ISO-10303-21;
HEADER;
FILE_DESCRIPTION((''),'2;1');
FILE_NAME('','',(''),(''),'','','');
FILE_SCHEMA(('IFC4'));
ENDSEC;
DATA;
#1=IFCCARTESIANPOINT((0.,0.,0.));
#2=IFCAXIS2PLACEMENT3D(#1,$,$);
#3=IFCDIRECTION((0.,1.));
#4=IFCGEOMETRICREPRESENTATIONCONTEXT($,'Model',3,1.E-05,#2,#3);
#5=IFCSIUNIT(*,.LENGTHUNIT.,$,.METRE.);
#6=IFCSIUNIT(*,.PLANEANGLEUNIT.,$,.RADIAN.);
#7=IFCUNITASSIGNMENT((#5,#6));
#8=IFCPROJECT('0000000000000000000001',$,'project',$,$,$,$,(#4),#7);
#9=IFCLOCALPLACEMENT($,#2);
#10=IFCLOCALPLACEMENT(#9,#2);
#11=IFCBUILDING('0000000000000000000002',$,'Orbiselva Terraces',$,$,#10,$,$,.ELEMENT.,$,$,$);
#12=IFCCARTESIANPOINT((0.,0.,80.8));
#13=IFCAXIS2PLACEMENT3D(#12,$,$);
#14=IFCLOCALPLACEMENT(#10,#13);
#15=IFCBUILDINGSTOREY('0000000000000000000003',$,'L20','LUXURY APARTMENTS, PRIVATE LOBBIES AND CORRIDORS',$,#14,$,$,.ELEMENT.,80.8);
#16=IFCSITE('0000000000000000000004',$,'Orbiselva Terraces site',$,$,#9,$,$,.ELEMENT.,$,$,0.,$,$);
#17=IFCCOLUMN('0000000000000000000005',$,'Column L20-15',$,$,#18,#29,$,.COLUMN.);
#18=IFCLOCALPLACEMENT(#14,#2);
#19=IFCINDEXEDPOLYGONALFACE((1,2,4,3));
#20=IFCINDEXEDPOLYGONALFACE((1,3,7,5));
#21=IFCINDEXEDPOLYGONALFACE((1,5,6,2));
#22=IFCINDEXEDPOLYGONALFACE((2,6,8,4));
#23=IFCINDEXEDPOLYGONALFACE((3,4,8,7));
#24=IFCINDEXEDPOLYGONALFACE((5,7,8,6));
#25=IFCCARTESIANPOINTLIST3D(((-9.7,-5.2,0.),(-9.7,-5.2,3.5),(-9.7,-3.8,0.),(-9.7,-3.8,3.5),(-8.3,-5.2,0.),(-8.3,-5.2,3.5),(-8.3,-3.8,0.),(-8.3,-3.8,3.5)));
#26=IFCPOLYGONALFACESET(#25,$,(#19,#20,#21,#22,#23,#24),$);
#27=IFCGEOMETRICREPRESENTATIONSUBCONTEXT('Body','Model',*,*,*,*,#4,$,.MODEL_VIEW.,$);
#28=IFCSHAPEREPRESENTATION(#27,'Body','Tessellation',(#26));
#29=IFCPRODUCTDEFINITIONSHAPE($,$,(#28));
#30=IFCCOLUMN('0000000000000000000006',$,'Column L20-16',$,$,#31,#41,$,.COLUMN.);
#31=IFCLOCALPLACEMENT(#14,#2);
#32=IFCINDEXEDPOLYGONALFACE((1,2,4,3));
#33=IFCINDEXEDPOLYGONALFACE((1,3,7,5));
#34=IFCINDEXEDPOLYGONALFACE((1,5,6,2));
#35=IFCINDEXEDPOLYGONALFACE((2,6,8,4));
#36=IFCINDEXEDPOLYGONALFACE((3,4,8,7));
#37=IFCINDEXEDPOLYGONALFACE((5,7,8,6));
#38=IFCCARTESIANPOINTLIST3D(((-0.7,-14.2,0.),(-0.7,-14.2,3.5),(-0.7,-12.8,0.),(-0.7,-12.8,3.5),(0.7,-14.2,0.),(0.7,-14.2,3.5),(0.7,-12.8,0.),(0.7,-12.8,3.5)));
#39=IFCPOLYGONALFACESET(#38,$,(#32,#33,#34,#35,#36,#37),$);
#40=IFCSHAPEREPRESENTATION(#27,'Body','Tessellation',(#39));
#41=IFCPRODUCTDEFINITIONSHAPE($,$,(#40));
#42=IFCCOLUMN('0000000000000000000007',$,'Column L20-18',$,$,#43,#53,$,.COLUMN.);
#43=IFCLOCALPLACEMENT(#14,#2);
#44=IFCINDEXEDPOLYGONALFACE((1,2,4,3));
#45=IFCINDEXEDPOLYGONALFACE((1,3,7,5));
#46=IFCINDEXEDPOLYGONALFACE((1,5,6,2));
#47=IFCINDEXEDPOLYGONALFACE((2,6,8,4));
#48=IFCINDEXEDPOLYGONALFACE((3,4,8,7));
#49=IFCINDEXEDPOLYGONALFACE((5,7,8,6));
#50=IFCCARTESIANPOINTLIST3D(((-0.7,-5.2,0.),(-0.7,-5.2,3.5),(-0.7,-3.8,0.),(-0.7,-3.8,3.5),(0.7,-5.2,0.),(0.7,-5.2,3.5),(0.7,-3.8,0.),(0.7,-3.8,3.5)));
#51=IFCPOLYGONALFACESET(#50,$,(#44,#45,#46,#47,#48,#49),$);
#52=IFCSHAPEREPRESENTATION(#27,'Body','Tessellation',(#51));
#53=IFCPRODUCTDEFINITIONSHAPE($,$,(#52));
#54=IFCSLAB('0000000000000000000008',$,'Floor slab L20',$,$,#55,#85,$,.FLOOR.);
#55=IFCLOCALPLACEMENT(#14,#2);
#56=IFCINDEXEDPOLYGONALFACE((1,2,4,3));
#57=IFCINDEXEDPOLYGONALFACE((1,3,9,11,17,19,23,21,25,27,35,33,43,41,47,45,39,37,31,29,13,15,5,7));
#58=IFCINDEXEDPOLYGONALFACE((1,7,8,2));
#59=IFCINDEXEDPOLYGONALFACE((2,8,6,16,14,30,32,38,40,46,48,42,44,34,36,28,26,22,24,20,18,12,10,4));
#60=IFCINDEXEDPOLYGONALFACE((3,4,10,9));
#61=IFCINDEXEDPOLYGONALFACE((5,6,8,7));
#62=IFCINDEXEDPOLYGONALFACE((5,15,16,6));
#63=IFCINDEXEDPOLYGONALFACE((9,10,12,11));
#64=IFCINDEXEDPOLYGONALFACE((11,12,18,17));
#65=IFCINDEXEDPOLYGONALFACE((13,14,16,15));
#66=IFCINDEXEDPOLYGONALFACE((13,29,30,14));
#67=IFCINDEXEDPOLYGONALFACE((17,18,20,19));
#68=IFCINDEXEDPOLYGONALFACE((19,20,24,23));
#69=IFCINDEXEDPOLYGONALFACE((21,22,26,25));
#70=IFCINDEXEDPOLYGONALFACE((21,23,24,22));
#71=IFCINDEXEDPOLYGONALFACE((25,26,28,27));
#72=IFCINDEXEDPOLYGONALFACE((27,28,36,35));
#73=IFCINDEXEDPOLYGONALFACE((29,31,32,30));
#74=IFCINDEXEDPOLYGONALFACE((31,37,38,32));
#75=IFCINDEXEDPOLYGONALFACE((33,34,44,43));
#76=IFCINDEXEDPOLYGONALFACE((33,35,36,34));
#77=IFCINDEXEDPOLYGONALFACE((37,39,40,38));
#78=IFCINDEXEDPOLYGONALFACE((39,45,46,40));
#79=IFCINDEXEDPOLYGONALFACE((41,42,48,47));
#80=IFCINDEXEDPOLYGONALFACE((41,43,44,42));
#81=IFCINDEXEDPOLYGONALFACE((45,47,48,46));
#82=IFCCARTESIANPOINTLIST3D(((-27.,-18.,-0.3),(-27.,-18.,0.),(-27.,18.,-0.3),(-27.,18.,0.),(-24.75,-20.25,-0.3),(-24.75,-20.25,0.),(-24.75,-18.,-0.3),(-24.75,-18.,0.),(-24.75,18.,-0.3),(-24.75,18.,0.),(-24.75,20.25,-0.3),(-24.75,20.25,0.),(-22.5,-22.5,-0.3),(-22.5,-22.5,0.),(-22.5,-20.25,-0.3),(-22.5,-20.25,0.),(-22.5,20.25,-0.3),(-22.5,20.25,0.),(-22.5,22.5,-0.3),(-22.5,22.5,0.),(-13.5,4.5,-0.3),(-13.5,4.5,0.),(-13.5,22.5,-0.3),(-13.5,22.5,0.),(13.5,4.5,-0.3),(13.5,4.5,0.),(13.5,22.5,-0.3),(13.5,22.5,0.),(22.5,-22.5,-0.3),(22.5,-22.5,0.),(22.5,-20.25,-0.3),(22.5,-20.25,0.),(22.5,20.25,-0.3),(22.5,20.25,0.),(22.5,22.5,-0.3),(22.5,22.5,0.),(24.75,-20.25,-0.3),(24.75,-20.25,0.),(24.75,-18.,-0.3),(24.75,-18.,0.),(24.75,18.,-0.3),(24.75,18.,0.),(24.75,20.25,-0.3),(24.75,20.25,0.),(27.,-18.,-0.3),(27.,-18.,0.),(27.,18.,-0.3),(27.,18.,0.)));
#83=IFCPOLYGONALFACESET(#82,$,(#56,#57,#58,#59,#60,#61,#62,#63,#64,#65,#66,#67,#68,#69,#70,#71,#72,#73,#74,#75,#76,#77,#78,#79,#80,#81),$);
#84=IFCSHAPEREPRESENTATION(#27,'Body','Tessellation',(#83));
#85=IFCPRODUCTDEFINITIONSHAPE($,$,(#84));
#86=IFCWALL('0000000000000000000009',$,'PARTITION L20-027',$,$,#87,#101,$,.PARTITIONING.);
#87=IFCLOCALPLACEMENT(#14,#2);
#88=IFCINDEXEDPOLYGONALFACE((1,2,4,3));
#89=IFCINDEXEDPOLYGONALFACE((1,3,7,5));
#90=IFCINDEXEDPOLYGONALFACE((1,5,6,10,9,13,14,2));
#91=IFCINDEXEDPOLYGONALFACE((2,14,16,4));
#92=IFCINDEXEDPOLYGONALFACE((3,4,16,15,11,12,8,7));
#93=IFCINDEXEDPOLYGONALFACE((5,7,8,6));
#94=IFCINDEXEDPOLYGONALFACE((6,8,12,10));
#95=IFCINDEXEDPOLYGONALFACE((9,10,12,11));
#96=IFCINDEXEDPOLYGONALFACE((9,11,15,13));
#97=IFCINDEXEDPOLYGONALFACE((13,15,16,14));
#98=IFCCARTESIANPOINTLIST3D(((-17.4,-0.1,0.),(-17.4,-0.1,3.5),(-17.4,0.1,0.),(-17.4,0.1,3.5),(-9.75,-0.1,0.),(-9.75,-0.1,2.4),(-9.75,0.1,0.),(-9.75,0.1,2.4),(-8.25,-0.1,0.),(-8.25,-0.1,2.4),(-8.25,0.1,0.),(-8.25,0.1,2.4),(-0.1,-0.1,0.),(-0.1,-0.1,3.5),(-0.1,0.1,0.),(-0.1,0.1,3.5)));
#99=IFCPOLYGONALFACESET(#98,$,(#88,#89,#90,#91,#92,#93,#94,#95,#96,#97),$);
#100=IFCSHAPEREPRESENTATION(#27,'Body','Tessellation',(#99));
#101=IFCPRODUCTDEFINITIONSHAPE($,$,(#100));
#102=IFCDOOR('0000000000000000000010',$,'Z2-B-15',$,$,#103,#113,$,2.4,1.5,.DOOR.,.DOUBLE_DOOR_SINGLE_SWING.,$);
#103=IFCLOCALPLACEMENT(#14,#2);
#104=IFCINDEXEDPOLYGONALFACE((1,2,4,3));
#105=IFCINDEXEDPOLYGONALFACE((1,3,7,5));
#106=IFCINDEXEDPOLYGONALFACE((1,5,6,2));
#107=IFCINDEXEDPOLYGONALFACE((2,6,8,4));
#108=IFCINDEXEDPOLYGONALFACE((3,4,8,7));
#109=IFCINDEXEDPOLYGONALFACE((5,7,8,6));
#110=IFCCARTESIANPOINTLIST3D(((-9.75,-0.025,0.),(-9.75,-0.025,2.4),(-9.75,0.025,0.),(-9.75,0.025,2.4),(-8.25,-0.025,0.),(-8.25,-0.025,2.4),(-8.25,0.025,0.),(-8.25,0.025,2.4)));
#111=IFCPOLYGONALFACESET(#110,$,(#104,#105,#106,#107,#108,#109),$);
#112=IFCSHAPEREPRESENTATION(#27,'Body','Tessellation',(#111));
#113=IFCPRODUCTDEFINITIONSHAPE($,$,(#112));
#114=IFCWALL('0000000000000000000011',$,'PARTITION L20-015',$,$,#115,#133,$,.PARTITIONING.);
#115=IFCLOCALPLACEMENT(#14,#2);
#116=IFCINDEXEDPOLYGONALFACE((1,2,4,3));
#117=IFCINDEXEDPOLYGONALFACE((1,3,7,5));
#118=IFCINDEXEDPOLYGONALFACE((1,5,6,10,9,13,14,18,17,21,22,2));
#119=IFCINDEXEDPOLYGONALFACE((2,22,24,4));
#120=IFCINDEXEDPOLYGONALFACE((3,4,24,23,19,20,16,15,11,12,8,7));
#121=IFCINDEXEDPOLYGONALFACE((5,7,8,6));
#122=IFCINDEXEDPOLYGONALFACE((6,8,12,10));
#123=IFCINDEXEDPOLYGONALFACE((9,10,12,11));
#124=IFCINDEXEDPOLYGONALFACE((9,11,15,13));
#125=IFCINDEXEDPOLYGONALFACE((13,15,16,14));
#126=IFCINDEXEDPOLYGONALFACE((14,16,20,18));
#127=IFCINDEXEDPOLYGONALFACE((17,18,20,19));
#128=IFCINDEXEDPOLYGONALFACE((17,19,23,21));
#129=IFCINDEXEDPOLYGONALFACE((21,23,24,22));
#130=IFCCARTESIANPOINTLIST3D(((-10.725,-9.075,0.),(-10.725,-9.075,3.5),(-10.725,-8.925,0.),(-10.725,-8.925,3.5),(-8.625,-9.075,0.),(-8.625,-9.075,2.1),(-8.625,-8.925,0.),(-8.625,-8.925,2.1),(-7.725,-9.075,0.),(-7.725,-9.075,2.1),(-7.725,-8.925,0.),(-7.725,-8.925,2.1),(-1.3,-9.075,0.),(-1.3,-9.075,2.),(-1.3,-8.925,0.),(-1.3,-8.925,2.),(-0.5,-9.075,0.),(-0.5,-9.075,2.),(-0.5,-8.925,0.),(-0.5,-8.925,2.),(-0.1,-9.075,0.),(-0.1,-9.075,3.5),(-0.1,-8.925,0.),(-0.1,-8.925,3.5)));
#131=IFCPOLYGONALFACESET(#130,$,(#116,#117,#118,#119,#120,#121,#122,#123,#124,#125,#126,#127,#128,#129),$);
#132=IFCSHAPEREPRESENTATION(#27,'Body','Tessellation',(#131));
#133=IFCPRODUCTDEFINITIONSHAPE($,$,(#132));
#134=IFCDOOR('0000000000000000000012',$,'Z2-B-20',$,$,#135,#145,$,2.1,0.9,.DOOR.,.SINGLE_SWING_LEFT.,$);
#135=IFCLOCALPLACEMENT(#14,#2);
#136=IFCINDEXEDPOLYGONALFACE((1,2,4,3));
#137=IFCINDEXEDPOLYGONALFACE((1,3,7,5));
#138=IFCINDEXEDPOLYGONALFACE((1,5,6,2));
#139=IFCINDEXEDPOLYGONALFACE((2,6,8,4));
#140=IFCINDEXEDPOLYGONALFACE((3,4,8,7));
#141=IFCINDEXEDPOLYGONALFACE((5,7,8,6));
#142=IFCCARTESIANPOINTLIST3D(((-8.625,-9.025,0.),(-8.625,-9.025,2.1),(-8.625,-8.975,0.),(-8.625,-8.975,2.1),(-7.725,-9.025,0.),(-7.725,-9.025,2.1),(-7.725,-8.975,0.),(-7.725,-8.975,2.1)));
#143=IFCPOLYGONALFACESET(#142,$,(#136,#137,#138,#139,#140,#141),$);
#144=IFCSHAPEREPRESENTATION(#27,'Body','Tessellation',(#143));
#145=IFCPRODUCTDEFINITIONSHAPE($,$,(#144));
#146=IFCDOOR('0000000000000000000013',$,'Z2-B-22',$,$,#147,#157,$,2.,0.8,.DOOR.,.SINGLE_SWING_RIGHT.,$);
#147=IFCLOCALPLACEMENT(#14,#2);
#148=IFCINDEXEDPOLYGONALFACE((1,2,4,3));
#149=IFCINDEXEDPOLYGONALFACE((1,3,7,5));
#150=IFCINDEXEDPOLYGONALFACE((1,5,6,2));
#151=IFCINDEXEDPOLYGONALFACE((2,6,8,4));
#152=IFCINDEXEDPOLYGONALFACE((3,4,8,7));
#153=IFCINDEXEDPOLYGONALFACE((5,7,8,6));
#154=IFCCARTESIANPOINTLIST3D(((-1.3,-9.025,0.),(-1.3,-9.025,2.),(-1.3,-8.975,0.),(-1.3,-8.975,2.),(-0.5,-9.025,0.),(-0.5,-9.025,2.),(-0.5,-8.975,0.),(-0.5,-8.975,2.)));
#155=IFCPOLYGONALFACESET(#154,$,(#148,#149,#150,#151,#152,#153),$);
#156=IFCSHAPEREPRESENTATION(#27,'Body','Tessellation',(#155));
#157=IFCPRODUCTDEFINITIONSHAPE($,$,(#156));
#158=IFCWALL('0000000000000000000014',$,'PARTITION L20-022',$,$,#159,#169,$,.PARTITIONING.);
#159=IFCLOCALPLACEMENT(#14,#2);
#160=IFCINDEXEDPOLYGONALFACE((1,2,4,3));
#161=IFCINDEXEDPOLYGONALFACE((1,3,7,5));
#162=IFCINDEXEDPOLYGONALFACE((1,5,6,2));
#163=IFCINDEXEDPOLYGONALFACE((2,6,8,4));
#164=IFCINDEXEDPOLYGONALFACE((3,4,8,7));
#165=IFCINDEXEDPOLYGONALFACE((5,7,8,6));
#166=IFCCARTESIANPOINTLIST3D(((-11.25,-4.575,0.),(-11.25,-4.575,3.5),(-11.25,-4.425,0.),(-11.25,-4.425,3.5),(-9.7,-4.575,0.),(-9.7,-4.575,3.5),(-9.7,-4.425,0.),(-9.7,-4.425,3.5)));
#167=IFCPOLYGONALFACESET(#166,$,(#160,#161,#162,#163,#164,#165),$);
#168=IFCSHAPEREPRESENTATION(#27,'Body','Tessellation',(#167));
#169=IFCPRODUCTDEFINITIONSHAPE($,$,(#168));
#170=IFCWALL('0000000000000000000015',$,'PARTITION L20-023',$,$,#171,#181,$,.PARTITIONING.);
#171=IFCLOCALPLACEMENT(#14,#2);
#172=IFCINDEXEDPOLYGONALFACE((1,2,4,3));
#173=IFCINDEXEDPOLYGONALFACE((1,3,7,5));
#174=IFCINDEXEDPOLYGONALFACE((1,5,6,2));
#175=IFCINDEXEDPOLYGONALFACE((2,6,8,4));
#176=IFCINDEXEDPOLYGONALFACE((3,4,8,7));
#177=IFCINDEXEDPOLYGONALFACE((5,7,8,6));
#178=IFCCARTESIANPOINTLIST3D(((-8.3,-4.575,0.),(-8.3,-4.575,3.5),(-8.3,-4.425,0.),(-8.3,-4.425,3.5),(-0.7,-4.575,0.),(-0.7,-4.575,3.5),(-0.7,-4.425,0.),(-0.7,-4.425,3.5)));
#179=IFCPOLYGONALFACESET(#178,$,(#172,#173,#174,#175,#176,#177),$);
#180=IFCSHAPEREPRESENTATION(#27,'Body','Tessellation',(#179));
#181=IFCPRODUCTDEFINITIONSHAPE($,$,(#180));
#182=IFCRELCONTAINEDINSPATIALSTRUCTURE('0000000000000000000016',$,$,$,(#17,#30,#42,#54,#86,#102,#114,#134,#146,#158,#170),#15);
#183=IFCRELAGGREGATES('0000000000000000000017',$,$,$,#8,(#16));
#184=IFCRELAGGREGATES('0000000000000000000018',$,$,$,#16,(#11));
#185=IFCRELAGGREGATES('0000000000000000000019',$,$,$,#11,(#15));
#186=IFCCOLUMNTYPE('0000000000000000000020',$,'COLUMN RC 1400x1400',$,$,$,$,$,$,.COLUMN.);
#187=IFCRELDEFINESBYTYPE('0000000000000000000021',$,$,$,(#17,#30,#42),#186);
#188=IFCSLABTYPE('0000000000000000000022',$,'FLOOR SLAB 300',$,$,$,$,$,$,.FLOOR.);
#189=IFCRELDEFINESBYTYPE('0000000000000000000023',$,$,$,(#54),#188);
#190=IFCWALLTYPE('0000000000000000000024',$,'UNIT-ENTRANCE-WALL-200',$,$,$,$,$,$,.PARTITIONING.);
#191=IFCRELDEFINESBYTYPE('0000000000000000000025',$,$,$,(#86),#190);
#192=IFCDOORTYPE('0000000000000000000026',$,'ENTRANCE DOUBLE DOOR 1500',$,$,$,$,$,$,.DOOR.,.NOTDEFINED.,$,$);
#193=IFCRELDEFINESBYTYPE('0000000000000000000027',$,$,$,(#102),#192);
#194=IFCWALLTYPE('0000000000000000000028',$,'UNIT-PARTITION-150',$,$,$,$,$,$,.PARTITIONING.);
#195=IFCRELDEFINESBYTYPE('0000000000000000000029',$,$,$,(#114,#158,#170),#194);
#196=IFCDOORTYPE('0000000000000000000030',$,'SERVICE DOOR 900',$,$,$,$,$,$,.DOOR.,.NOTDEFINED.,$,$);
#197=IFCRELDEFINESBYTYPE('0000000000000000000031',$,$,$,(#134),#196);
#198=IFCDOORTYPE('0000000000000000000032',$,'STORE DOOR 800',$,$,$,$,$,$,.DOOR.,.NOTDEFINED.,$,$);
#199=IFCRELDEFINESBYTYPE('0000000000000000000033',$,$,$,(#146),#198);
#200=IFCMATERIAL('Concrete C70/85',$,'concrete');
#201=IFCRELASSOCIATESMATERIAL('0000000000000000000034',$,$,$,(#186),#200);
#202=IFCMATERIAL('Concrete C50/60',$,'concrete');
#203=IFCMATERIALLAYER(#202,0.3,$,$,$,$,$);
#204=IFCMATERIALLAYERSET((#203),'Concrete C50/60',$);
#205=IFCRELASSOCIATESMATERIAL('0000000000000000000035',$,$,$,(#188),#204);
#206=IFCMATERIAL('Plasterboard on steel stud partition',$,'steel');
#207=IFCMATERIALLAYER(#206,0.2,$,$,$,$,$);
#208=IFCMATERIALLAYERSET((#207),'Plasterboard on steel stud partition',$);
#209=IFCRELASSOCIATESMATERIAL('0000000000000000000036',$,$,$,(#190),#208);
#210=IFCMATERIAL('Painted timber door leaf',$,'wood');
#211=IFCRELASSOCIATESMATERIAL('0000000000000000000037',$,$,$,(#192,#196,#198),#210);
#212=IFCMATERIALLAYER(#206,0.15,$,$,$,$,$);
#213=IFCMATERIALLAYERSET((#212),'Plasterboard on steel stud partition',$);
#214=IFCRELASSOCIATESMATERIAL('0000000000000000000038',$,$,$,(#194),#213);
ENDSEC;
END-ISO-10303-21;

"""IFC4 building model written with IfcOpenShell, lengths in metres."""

from ifc_helpers import new_model, si_unit, direction, frame, frame_2d, origin, origin_2d, place, context, subcontext, project, spatial, polyline, rectangle, outline, extrude, material, layer, layer_set, material_profile, profile_set, type_object, element, fill, save


model = new_model("IFC4")

# Units and contexts
model_context = context("Model", 3, precision=1e-05, world=origin(), true_north=direction((0.0, 1.0)))
body_context = subcontext(model_context, "Body", "Model", "MODEL_VIEW")
ifc_project = project(units=[si_unit("LENGTHUNIT", "METRE"), si_unit("PLANEANGLEUNIT", "RADIAN")], contexts=[model_context])

# Site, building, storey
site_placement = place(None, origin())
site = spatial("IfcSite", under=ifc_project, at=site_placement, Name="Orbiselva Terraces site", CompositionType="ELEMENT", RefElevation=0.0)
building_placement = place(site_placement, origin())
building = spatial("IfcBuilding", under=site, at=building_placement, Name="Orbiselva Terraces", CompositionType="ELEMENT")
storey_placement = place(building_placement, frame((0.0, 0.0, 80.8)))
storey = spatial("IfcBuildingStorey", under=building, at=storey_placement, Name="L20", Description="LUXURY APARTMENTS, PRIVATE LOBBIES AND CORRIDORS", CompositionType="ELEMENT", Elevation=80.8)

# Columns
ifc_material_1 = material(Name="Concrete C70/85", Category="concrete")
ifc_material_profile = material_profile(ifc_material_1, rectangle(XDim=1.4, YDim=1.4, at=origin_2d()), Name="RC 1400x1400")
ifc_profile_set = profile_set([ifc_material_profile], Name="Concrete C70/85")
column_type = type_object("IfcColumnType", Name="COLUMN RC 1400x1400", PredefinedType="COLUMN", material=ifc_profile_set)
for number, where, z_axis, x_axis, name in (
    (1, (-9.0, -4.5, 0.0), (0.0, 0.0, 1.0), (1.0, 0.0, 0.0), "Column L20-15"),
    (2, (0.0, -13.5, 0.0), (0.0, 0.0, 1.0), (1.0, 0.0, 0.0), "Column L20-16"),
    (3, (0.0, -4.5, 0.0), (0.0, 0.0, 1.0), (1.0, 0.0, 0.0), "Column L20-18"),
):
    element("IfcColumn", number, at=place(storey_placement, frame(where, z_axis=z_axis, x_axis=x_axis)), inside=storey, type_object=column_type, Name=name, PredefinedType="COLUMN", context=body_context, shape_type="SweptSolid", body=[
        extrude(rectangle(XDim=1.4, YDim=1.4, at=origin_2d()), origin(), (0.0, 0.0, 1.0), 3.5),
    ])

# Slab
ifc_material_2 = material(Name="Concrete C50/60", Category="concrete")
ifc_layer_1 = layer(ifc_material_2, 0.3)
ifc_layer_set_1 = layer_set([ifc_layer_1], Name="Concrete C50/60")
slab_type = type_object("IfcSlabType", Name="FLOOR SLAB 300", PredefinedType="FLOOR", material=ifc_layer_set_1)
slab_placement = place(storey_placement, frame((0.0, 0.0, -0.3)))
element("IfcSlab", 4, at=slab_placement, inside=storey, type_object=slab_type, Name="Floor slab L20", PredefinedType="FLOOR", context=body_context, shape_type="SweptSolid", body=[
    extrude(outline(polyline([(22.5, 22.5), (22.5, 20.25), (24.75, 20.25), (24.75, 18.0), (27.0, 18.0), (27.0, -18.0), (24.75, -18.0), (24.75, -20.25), (22.5, -20.25), (22.5, -22.5), (-22.5, -22.5), (-22.5, -20.25), (-24.75, -20.25), (-24.75, -18.0), (-27.0, -18.0), (-27.0, 18.0), (-24.75, 18.0), (-24.75, 20.25), (-22.5, 20.25), (-22.5, 22.5), (-13.5, 22.5), (-13.5, 4.5), (13.5, 4.5), (13.5, 22.5), (22.5, 22.5)])), origin(), (0.0, 0.0, 1.0), 0.3),
])

# Wall, opening, door
ifc_material_3 = material(Name="Plasterboard on steel stud partition", Category="steel")
ifc_layer_2 = layer(ifc_material_3, 0.2)
ifc_layer_set_2 = layer_set([ifc_layer_2], Name="Plasterboard on steel stud partition")
wall_type_1 = type_object("IfcWallType", Name="UNIT-ENTRANCE-WALL-200", PredefinedType="PARTITIONING", material=ifc_layer_set_2)
wall_1_placement = place(storey_placement, frame((-0.1, 0.0, 0.0), z_axis=(0.0, 0.0, 1.0), x_axis=(-1.0, 0.0, 0.0)))
wall_1 = element("IfcWall", 5, at=wall_1_placement, inside=storey, type_object=wall_type_1, Name="PARTITION L20-027", PredefinedType="PARTITIONING", context=body_context, shape_type="SweptSolid", body=[
    extrude(rectangle(XDim=17.3, YDim=0.2, at=frame_2d((8.65, 0.0))), origin(), (0.0, 0.0, 1.0), 3.5),
])
opening_1_placement = place(wall_1_placement, frame((8.15, 0.0, 0.0)))
opening_1 = element("IfcOpeningElement", 6, at=opening_1_placement, cuts=wall_1, PredefinedType="OPENING", context=body_context, shape_type="SweptSolid", body=[
    extrude(rectangle(XDim=1.5, YDim=2.4, at=frame_2d((0.75, 1.2))), frame((0.0, 0.11, 0.0), z_axis=(0.0, -1.0, 0.0), x_axis=(1.0, 0.0, 0.0)), (0.0, 0.0, 1.0), 0.22),
])
ifc_material_4 = material(Name="Painted timber door leaf", Category="wood")
door_type_1 = type_object("IfcDoorType", Name="ENTRANCE DOUBLE DOOR 1500", OperationType="NOTDEFINED", PredefinedType="DOOR", material=ifc_material_4)
door_1_placement = place(opening_1_placement, origin())
door_1 = element("IfcDoor", 7, at=door_1_placement, inside=storey, type_object=door_type_1, Name="Z2-B-15", OperationType="DOUBLE_DOOR_SINGLE_SWING", OverallHeight=2.4, OverallWidth=1.5, PredefinedType="DOOR", context=body_context, shape_type="SweptSolid", body=[
    extrude(rectangle(XDim=1.5, YDim=2.4, at=frame_2d((0.75, 1.2))), frame((0.0, 0.025, 0.0), z_axis=(0.0, -1.0, 0.0), x_axis=(1.0, 0.0, 0.0)), (0.0, 0.0, 1.0), 0.05),
])
fill(opening_1, door_1)

# Wall, openings, doors
ifc_layer_3 = layer(ifc_material_3, 0.15)
ifc_layer_set_3 = layer_set([ifc_layer_3], Name="Plasterboard on steel stud partition")
wall_type_2 = type_object("IfcWallType", Name="UNIT-PARTITION-150", PredefinedType="PARTITIONING", material=ifc_layer_set_3)
wall_2_placement = place(storey_placement, frame((-10.725, -9.0, 0.0), z_axis=(0.0, 0.0, 1.0), x_axis=(1.0, 0.0, 0.0)))
wall_2 = element("IfcWall", 8, at=wall_2_placement, inside=storey, type_object=wall_type_2, Name="PARTITION L20-015", PredefinedType="PARTITIONING", context=body_context, shape_type="SweptSolid", body=[
    extrude(rectangle(XDim=10.625, YDim=0.15, at=frame_2d((5.3125, 0.0))), origin(), (0.0, 0.0, 1.0), 3.5),
])
opening_2_placement = place(wall_2_placement, frame((2.1, 0.0, 0.0)))
opening_2 = element("IfcOpeningElement", 9, at=opening_2_placement, cuts=wall_2, PredefinedType="OPENING", context=body_context, shape_type="SweptSolid", body=[
    extrude(rectangle(XDim=0.9, YDim=2.1, at=frame_2d((0.45, 1.05))), frame((0.0, 0.085, 0.0), z_axis=(0.0, -1.0, 0.0), x_axis=(1.0, 0.0, 0.0)), (0.0, 0.0, 1.0), 0.17),
])
opening_3_placement = place(wall_2_placement, frame((9.425, 0.0, 0.0)))
opening_3 = element("IfcOpeningElement", 10, at=opening_3_placement, cuts=wall_2, PredefinedType="OPENING", context=body_context, shape_type="SweptSolid", body=[
    extrude(rectangle(XDim=0.8, YDim=2.0, at=frame_2d((0.4, 1.0))), frame((0.0, 0.085, 0.0), z_axis=(0.0, -1.0, 0.0), x_axis=(1.0, 0.0, 0.0)), (0.0, 0.0, 1.0), 0.17),
])
door_type_2 = type_object("IfcDoorType", Name="SERVICE DOOR 900", OperationType="NOTDEFINED", PredefinedType="DOOR", material=ifc_material_4)
door_2_placement = place(opening_2_placement, origin())
door_2 = element("IfcDoor", 11, at=door_2_placement, inside=storey, type_object=door_type_2, Name="Z2-B-20", OperationType="SINGLE_SWING_LEFT", OverallHeight=2.1, OverallWidth=0.9, PredefinedType="DOOR", context=body_context, shape_type="SweptSolid", body=[
    extrude(rectangle(XDim=0.9, YDim=2.1, at=frame_2d((0.45, 1.05))), frame((0.0, 0.025, 0.0), z_axis=(0.0, -1.0, 0.0), x_axis=(1.0, 0.0, 0.0)), (0.0, 0.0, 1.0), 0.05),
])
fill(opening_2, door_2)
door_type_3 = type_object("IfcDoorType", Name="STORE DOOR 800", OperationType="NOTDEFINED", PredefinedType="DOOR", material=ifc_material_4)
door_3_placement = place(opening_3_placement, origin())
door_3 = element("IfcDoor", 12, at=door_3_placement, inside=storey, type_object=door_type_3, Name="Z2-B-22", OperationType="SINGLE_SWING_RIGHT", OverallHeight=2.0, OverallWidth=0.8, PredefinedType="DOOR", context=body_context, shape_type="SweptSolid", body=[
    extrude(rectangle(XDim=0.8, YDim=2.0, at=frame_2d((0.4, 1.0))), frame((0.0, 0.025, 0.0), z_axis=(0.0, -1.0, 0.0), x_axis=(1.0, 0.0, 0.0)), (0.0, 0.0, 1.0), 0.05),
])
fill(opening_3, door_3)

# Walls
wall_3_placement = place(storey_placement, frame((-11.25, -4.5, 0.0), z_axis=(0.0, 0.0, 1.0), x_axis=(1.0, 0.0, 0.0)))
element("IfcWall", 13, at=wall_3_placement, inside=storey, type_object=wall_type_2, Name="PARTITION L20-022", PredefinedType="PARTITIONING", context=body_context, shape_type="SweptSolid", body=[
    extrude(rectangle(XDim=1.55, YDim=0.15, at=frame_2d((0.775, 0.0))), origin(), (0.0, 0.0, 1.0), 3.5),
])
wall_4_placement = place(storey_placement, frame((-8.3, -4.5, 0.0), z_axis=(0.0, 0.0, 1.0), x_axis=(1.0, 0.0, 0.0)))
element("IfcWall", 14, at=wall_4_placement, inside=storey, type_object=wall_type_2, Name="PARTITION L20-023", PredefinedType="PARTITIONING", context=body_context, shape_type="SweptSolid", body=[
    extrude(rectangle(XDim=7.6, YDim=0.15, at=frame_2d((3.8, 0.0))), origin(), (0.0, 0.0, 1.0), 3.5),
])

save(model, "model.ifc")
